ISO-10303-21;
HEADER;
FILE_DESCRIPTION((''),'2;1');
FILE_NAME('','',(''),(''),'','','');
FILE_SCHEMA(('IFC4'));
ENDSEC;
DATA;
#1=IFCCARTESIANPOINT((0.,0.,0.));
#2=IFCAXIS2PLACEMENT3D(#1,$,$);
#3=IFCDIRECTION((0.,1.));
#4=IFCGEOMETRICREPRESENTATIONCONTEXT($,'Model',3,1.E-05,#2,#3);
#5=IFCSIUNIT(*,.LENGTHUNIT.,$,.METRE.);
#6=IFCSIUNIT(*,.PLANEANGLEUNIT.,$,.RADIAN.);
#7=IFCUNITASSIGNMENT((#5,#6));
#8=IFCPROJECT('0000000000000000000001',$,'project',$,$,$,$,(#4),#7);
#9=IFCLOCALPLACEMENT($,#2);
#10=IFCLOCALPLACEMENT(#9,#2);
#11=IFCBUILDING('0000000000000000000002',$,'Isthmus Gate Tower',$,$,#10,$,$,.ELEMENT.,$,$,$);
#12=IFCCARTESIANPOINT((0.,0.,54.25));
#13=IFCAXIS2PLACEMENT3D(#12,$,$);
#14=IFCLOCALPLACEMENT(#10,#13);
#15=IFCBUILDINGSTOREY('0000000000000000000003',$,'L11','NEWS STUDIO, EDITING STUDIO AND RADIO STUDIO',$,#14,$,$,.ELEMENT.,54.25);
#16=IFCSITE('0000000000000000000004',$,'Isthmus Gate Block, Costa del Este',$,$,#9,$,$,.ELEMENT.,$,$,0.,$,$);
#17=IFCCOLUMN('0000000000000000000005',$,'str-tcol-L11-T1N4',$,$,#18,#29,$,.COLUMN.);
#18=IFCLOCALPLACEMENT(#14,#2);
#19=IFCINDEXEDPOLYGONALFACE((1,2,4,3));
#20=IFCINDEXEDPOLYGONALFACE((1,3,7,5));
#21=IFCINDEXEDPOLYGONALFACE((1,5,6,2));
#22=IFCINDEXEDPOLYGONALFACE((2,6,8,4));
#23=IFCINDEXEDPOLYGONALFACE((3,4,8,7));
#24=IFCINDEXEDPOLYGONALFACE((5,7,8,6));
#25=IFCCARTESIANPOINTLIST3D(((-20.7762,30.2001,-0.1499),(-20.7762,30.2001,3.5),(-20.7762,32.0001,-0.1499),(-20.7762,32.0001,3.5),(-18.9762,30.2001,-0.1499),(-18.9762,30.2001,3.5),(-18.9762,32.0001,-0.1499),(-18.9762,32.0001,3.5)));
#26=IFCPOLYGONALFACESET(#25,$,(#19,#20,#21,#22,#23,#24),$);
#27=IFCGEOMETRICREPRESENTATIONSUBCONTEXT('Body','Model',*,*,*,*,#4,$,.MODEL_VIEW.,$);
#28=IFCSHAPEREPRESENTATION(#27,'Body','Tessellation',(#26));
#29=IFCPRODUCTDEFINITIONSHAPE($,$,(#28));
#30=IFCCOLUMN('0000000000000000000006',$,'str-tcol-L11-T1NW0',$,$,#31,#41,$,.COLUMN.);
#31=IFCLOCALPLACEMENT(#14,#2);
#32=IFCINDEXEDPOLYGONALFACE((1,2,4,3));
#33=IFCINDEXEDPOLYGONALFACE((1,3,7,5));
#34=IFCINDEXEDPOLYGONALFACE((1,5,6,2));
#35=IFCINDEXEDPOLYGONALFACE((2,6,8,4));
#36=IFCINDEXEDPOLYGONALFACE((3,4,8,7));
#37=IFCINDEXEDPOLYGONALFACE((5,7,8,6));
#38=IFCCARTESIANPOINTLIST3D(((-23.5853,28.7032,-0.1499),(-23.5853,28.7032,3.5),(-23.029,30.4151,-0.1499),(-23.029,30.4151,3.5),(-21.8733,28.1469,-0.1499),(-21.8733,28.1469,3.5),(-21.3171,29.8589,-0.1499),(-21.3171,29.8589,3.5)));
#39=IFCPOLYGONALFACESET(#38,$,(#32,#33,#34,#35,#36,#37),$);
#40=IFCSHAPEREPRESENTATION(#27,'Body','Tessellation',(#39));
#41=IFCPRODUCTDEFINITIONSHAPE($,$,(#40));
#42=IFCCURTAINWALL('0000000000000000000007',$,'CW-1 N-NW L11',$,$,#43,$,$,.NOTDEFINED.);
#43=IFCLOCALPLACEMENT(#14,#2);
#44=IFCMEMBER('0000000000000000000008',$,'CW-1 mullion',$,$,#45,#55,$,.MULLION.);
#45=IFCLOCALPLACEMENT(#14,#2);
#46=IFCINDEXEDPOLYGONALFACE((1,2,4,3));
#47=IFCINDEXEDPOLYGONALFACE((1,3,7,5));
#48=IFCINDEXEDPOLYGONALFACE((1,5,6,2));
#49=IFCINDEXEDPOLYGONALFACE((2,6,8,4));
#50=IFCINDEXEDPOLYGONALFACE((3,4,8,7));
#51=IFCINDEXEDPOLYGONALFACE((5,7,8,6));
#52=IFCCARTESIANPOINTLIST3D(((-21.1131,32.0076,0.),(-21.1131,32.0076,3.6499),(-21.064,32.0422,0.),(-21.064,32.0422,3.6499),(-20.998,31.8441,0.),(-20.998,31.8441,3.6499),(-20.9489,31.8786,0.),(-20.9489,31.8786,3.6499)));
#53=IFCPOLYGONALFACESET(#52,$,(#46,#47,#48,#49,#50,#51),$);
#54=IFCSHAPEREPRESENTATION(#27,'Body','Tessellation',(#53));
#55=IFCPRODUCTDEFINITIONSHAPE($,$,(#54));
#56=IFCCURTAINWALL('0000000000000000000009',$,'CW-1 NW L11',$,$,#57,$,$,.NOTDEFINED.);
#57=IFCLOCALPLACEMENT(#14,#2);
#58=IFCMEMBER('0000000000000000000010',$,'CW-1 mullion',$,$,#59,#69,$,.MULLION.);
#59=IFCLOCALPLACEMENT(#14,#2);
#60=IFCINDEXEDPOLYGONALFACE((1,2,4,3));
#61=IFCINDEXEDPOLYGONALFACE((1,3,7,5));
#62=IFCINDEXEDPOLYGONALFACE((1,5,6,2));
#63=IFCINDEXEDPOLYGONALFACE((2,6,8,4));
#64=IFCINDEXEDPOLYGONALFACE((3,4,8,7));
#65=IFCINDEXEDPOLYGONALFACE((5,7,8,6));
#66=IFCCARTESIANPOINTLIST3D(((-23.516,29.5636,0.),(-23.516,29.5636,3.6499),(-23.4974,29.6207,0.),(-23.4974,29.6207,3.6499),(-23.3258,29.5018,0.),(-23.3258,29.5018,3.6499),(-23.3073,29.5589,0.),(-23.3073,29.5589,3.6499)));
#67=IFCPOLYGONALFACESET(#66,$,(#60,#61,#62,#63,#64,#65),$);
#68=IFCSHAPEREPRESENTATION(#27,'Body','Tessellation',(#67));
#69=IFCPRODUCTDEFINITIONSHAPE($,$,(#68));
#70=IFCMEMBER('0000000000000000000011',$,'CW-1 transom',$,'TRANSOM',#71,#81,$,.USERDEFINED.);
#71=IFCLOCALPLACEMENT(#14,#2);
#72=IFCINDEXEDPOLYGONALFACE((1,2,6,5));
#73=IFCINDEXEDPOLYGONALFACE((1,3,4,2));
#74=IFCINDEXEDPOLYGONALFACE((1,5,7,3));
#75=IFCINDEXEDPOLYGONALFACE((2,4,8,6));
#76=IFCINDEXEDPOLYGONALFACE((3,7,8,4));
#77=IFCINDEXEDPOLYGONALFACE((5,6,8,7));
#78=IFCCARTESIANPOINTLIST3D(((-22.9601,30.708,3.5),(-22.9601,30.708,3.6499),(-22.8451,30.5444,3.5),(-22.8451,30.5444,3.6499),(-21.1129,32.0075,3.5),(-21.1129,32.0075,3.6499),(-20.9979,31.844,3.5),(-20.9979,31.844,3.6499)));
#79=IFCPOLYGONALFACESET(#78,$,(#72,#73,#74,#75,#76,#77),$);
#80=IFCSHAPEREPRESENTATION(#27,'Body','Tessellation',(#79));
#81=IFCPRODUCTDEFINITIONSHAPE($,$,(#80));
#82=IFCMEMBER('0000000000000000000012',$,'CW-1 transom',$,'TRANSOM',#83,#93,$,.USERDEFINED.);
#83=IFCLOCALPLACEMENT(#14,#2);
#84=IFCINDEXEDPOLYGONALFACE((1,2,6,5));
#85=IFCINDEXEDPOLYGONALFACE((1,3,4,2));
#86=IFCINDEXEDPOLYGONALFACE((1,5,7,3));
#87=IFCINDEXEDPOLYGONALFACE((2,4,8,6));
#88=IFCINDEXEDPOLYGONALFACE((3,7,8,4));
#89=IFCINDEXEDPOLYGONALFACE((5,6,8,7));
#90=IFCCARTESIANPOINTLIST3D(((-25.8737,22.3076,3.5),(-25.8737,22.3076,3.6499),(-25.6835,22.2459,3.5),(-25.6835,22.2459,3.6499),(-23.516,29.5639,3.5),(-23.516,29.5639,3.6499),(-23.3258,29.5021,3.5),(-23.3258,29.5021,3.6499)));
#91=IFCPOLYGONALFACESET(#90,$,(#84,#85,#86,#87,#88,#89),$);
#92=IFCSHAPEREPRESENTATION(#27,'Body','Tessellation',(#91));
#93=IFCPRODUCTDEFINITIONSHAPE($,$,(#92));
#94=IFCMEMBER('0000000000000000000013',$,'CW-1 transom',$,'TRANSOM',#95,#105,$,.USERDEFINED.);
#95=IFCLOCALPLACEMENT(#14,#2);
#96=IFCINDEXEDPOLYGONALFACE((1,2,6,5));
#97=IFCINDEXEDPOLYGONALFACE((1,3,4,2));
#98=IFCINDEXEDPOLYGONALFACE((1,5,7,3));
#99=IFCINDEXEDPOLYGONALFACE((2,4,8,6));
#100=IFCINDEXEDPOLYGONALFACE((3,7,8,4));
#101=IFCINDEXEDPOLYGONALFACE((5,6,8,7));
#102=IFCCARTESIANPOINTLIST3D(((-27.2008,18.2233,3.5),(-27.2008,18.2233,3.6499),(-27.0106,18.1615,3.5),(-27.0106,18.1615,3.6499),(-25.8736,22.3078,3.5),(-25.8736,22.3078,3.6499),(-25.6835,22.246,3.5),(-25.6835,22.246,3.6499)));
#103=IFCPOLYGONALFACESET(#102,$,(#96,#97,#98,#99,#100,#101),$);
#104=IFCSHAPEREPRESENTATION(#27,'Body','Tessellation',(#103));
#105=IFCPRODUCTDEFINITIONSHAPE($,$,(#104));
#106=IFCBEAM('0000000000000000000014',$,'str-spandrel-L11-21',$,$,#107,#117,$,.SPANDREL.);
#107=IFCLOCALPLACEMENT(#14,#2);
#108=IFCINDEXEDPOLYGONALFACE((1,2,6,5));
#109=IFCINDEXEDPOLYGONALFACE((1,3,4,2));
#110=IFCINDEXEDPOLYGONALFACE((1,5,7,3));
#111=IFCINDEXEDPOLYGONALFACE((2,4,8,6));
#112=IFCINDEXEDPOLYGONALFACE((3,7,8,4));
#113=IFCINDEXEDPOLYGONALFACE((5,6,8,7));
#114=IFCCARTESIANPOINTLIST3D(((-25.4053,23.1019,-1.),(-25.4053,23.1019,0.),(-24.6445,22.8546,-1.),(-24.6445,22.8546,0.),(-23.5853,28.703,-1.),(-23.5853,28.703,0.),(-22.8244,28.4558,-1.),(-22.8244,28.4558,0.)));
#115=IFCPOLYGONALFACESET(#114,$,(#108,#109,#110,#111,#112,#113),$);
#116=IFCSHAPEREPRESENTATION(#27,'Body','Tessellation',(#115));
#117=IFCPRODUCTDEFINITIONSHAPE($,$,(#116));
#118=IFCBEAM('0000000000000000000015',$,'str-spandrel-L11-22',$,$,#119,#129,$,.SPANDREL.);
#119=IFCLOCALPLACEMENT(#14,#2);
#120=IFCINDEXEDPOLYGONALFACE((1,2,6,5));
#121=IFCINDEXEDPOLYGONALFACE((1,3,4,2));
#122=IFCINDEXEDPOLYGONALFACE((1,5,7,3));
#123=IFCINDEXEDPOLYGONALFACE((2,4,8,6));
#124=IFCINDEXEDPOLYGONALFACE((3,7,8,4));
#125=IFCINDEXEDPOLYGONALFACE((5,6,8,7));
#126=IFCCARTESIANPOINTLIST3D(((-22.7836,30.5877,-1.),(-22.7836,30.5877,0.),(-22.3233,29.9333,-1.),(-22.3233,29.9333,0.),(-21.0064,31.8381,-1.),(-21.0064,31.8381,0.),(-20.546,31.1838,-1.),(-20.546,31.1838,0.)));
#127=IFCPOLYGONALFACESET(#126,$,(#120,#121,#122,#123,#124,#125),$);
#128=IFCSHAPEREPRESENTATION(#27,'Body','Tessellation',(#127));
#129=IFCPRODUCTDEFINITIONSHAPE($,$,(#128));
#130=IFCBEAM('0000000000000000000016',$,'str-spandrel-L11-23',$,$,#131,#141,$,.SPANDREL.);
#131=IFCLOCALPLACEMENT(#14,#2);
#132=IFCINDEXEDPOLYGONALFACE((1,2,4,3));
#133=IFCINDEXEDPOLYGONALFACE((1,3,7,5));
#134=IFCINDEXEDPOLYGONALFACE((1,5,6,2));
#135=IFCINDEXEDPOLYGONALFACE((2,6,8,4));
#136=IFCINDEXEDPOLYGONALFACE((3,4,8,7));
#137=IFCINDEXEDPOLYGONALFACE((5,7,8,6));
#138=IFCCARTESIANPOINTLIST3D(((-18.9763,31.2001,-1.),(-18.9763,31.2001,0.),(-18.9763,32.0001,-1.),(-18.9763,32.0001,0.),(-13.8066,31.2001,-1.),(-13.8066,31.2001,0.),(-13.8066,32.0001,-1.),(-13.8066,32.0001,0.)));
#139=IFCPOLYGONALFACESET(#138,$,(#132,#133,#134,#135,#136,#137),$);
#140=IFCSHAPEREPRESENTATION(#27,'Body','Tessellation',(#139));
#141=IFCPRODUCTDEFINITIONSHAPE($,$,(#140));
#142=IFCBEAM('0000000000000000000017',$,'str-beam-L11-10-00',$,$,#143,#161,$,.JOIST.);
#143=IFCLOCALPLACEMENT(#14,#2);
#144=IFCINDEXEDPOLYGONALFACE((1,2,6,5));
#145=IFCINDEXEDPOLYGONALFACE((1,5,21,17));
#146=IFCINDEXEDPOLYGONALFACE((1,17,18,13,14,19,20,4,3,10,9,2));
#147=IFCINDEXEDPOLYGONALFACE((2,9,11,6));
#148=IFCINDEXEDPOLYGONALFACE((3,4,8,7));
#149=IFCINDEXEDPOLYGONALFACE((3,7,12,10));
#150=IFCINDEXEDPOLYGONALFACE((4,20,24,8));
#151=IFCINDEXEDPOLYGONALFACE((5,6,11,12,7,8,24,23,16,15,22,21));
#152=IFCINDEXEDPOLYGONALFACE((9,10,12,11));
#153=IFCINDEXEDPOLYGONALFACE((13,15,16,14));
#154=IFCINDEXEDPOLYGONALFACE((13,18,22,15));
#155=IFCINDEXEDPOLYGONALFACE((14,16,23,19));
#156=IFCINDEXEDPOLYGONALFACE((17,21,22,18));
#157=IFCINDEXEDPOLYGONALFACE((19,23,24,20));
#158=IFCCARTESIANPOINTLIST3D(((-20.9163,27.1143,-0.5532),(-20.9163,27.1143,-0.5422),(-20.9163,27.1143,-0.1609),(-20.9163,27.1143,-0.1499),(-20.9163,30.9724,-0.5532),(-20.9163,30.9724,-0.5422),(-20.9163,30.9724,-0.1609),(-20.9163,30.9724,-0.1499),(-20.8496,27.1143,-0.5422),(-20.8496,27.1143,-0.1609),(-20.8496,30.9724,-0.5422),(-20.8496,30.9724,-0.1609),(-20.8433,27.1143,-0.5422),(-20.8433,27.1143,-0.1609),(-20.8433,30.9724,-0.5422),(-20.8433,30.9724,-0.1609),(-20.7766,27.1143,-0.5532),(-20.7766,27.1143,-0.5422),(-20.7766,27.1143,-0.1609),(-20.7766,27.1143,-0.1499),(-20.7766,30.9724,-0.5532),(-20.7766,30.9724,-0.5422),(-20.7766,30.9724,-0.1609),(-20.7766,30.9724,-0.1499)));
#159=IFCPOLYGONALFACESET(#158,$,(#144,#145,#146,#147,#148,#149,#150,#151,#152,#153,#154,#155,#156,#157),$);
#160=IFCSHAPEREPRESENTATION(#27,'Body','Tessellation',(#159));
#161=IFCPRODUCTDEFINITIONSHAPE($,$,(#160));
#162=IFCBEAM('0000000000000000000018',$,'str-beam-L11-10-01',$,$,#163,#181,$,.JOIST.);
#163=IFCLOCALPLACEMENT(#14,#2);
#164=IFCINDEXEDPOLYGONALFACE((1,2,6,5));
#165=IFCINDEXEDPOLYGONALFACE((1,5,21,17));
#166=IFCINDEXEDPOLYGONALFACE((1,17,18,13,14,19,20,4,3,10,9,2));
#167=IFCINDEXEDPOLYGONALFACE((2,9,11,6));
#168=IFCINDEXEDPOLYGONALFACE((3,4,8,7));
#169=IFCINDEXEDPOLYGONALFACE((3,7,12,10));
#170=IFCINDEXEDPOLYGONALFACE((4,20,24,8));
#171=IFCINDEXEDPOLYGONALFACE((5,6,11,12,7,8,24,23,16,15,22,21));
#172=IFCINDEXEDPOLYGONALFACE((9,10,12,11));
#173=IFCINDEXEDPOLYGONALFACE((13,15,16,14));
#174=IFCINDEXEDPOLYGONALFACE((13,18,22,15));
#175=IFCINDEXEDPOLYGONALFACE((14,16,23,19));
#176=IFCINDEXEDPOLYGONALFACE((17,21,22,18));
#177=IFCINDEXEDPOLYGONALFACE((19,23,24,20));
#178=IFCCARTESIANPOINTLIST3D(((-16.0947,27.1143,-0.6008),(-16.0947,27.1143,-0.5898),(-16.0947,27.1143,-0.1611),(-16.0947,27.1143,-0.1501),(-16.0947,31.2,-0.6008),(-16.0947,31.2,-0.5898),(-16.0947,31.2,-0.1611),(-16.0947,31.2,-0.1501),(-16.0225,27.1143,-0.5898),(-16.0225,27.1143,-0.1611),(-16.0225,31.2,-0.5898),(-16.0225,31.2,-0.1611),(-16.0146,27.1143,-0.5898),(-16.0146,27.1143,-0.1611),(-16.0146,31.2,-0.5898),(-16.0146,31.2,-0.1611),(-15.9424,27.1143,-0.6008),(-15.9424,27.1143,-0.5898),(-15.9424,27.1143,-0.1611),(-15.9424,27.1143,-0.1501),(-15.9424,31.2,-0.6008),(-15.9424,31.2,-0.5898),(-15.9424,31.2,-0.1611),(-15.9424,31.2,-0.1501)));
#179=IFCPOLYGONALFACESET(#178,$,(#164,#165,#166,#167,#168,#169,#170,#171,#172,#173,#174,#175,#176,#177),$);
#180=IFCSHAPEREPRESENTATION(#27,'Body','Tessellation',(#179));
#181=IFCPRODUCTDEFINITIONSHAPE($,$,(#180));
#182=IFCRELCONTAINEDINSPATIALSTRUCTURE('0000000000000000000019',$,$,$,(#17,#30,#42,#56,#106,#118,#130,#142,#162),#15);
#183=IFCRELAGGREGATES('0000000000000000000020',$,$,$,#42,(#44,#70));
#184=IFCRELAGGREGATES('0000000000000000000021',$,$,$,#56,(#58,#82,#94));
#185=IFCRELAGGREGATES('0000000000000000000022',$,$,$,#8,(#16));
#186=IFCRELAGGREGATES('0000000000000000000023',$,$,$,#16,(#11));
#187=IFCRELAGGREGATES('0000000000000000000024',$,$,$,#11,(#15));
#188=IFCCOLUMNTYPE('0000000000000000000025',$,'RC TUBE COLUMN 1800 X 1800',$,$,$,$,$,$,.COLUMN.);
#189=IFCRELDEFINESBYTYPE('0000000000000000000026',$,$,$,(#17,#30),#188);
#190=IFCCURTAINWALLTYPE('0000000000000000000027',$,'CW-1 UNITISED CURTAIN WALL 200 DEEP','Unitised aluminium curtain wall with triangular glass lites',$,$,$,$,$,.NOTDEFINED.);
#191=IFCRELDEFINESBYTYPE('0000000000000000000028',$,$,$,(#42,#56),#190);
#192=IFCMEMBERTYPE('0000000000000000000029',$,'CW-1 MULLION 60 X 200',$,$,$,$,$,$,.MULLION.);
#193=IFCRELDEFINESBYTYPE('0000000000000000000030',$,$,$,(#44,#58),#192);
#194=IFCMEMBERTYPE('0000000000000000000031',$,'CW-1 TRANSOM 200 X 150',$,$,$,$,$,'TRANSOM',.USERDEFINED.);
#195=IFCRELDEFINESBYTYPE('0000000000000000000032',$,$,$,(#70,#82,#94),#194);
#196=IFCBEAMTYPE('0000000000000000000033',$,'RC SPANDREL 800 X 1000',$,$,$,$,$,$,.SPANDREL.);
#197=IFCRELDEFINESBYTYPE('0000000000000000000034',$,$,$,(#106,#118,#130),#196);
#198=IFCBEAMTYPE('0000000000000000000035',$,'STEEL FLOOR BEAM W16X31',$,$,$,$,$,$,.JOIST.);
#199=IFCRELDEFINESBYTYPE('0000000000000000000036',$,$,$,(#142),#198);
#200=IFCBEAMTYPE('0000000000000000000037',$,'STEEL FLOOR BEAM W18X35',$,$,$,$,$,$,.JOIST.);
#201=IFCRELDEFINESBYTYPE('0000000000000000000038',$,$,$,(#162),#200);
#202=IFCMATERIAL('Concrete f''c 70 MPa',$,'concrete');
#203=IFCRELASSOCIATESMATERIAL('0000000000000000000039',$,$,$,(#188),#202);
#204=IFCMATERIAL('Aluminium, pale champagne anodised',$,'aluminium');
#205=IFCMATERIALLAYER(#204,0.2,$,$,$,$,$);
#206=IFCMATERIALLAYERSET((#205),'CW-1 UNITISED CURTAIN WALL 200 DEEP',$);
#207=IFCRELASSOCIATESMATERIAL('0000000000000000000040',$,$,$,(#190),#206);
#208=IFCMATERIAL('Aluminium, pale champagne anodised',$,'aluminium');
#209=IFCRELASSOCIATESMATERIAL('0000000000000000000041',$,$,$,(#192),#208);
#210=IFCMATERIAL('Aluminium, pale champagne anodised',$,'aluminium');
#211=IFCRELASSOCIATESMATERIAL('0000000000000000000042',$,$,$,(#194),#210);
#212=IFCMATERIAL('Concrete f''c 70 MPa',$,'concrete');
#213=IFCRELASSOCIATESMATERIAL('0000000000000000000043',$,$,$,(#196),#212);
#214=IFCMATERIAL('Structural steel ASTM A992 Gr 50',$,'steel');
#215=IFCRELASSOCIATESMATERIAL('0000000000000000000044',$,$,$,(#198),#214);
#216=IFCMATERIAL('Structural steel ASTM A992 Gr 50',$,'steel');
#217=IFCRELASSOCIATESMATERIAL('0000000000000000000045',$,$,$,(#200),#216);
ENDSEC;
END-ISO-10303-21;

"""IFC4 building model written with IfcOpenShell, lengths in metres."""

from ifc_helpers import new_model, si_unit, direction, frame, origin, origin_2d, place, context, subcontext, project, spatial, rectangle, i_section, extrude, material, layer, layer_set, material_profile, profile_set, type_object, element, aggregate, save


model = new_model("IFC4")

# Units and contexts
model_context = context("Model", 3, precision=1e-05, world=origin(), true_north=direction((0.0, 1.0)))
body_context = subcontext(model_context, "Body", "Model", "MODEL_VIEW")
ifc_project = project(units=[si_unit("LENGTHUNIT", "METRE"), si_unit("PLANEANGLEUNIT", "RADIAN")], contexts=[model_context])

# Site, building, storey
site_placement = place(None, origin())
site = spatial("IfcSite", under=ifc_project, at=site_placement, Name="Isthmus Gate Block, Costa del Este", CompositionType="ELEMENT", RefElevation=0.0)
building_placement = place(site_placement, origin())
building = spatial("IfcBuilding", under=site, at=building_placement, Name="Isthmus Gate Tower", CompositionType="ELEMENT")
storey_placement = place(building_placement, frame((0.0, 0.0, 54.25)))
storey = spatial("IfcBuildingStorey", under=building, at=storey_placement, Name="L11", Description="NEWS STUDIO, EDITING STUDIO AND RADIO STUDIO", CompositionType="ELEMENT", Elevation=54.25)

# Columns
ifc_material_1 = material(Name="Concrete f'c 70 MPa", Category="concrete")
ifc_material_profile_1 = material_profile(ifc_material_1, rectangle(XDim=1.8, YDim=1.8, at=origin_2d()), Name="RC 1800X1800")
ifc_profile_set_1 = profile_set([ifc_material_profile_1], Name="Concrete f'c 70 MPa")
column_type = type_object("IfcColumnType", Name="RC TUBE COLUMN 1800 X 1800", PredefinedType="COLUMN", material=ifc_profile_set_1)
for number, where, z_axis, x_axis, name in (
    (1, (-19.8762, 31.1001, -0.1499), (0.0, 0.0, 1.0), (-1.0, 0.0, 0.0), "str-tcol-L11-T1N4"),
    (2, (-22.4512, 29.281, -0.1499), (0.0, 0.0, 1.0), (-0.309017, -0.951057, 0.0), "str-tcol-L11-T1NW0"),
):
    element("IfcColumn", number, at=place(storey_placement, frame(where, z_axis=z_axis, x_axis=x_axis)), inside=storey, type_object=column_type, Name=name, PredefinedType="COLUMN", context=body_context, shape_type="SweptSolid", body=[
        extrude(rectangle(XDim=1.8, YDim=1.8, at=origin_2d()), origin(), (0.0, 0.0, 1.0), 3.6499),
    ])

# Curtain walls, members
ifc_material_2 = material(Name="Aluminium, pale champagne anodised", Category="aluminium")
ifc_layer_1 = layer(ifc_material_2, 0.2)
ifc_layer_set_1 = layer_set([ifc_layer_1], Name="CW-1 UNITISED CURTAIN WALL 200 DEEP")
curtain_wall_type = type_object("IfcCurtainWallType", Name="CW-1 UNITISED CURTAIN WALL 200 DEEP", Description="Unitised aluminium curtain wall with triangular glass lites", PredefinedType="NOTDEFINED", material=ifc_layer_set_1)
curtain_wall_1_placement = place(storey_placement, origin())
curtain_wall_1 = element("IfcCurtainWall", 3, at=curtain_wall_1_placement, inside=storey, type_object=curtain_wall_type, Name="CW-1 N-NW L11", PredefinedType="NOTDEFINED")
ifc_material_3 = material(Name="Aluminium, pale champagne anodised", Category="aluminium")
ifc_material_profile_2 = material_profile(ifc_material_3, rectangle(XDim=0.0601, YDim=0.2, at=origin_2d()), Name="60x200")
ifc_profile_set_2 = profile_set([ifc_material_profile_2], Name="Aluminium, pale champagne anodised")
member_type_1 = type_object("IfcMemberType", Name="CW-1 MULLION 60 X 200", PredefinedType="MULLION", material=ifc_profile_set_2)
member_1_placement = place(storey_placement, frame((-21.031, 31.9431, 0.0), z_axis=(0.0, 0.0, 1.0), x_axis=(-0.81786, -0.575418, 0.0)))
member_1 = element("IfcMember", 4, at=member_1_placement, type_object=member_type_1, Name="CW-1 mullion", PredefinedType="MULLION", context=body_context, shape_type="SweptSolid", body=[
    extrude(rectangle(XDim=0.0601, YDim=0.2, at=origin_2d()), origin(), (0.0, 0.0, 1.0), 3.6499),
])
curtain_wall_2_placement = place(storey_placement, origin())
curtain_wall_2 = element("IfcCurtainWall", 5, at=curtain_wall_2_placement, inside=storey, type_object=curtain_wall_type, Name="CW-1 NW L11", PredefinedType="NOTDEFINED")
member_2_placement = place(storey_placement, frame((-23.4116, 29.5613, 0.0), z_axis=(0.0, 0.0, 1.0), x_axis=(-0.309017, -0.951057, 0.0)))
member_2 = element("IfcMember", 6, at=member_2_placement, type_object=member_type_1, Name="CW-1 mullion", PredefinedType="MULLION", context=body_context, shape_type="SweptSolid", body=[
    extrude(rectangle(XDim=0.0601, YDim=0.2, at=origin_2d()), origin(), (0.0, 0.0, 1.0), 3.6499),
])

# Members
ifc_material_4 = material(Name="Aluminium, pale champagne anodised", Category="aluminium")
ifc_material_profile_3 = material_profile(ifc_material_4, rectangle(XDim=0.2, YDim=0.1499, at=origin_2d()), Name="200x150")
ifc_profile_set_3 = profile_set([ifc_material_profile_3], Name="Aluminium, pale champagne anodised")
member_type_2 = type_object("IfcMemberType", Name="CW-1 TRANSOM 200 X 150", ElementType="TRANSOM", PredefinedType="USERDEFINED", material=ifc_profile_set_3)
member_3_placement = place(storey_placement, frame((-21.0554, 31.9258, 3.575), z_axis=(-0.817869, -0.575405, 0.0), x_axis=(0.575405, -0.817869, 0.0)))
member_3 = element("IfcMember", 7, at=member_3_placement, type_object=member_type_2, Name="CW-1 transom", ObjectType="TRANSOM", PredefinedType="USERDEFINED", context=body_context, shape_type="SweptSolid", body=[
    extrude(rectangle(XDim=0.2, YDim=0.1499, at=origin_2d()), origin(), (0.0, 0.0, 1.0), 2.2585),
])
member_4_placement = place(storey_placement, frame((-23.4209, 29.533, 3.575), z_axis=(-0.309019, -0.951056, 0.0), x_axis=(0.951056, -0.309019, 0.0)))
member_4 = element("IfcMember", 8, at=member_4_placement, type_object=member_type_2, Name="CW-1 transom", ObjectType="TRANSOM", PredefinedType="USERDEFINED", context=body_context, shape_type="SweptSolid", body=[
    extrude(rectangle(XDim=0.2, YDim=0.1499, at=origin_2d()), origin(), (0.0, 0.0, 1.0), 7.6296),
])
member_5_placement = place(storey_placement, frame((-25.7786, 22.2769, 3.575), z_axis=(-0.309022, -0.951055, 0.0), x_axis=(0.951055, -0.309022, 0.0)))
member_5 = element("IfcMember", 9, at=member_5_placement, type_object=member_type_2, Name="CW-1 transom", ObjectType="TRANSOM", PredefinedType="USERDEFINED", context=body_context, shape_type="SweptSolid", body=[
    extrude(rectangle(XDim=0.2, YDim=0.1499, at=origin_2d()), origin(), (0.0, 0.0, 1.0), 4.2947),
])

# Beams
ifc_material_5 = material(Name="Concrete f'c 70 MPa", Category="concrete")
ifc_material_profile_4 = material_profile(ifc_material_5, rectangle(XDim=0.8, YDim=1.0, at=origin_2d()), Name="RC 800X1000")
ifc_profile_set_4 = profile_set([ifc_material_profile_4], Name="Concrete f'c 70 MPa")
beam_type_1 = type_object("IfcBeamType", Name="RC SPANDREL 800 X 1000", PredefinedType="SPANDREL", material=ifc_profile_set_4)
beam_1_placement = place(storey_placement, frame((-25.0249, 22.9783, -0.5), z_axis=(0.309043, 0.951048, 0.0), x_axis=(-0.951048, 0.309043, 0.0)))
element("IfcBeam", 10, at=beam_1_placement, inside=storey, type_object=beam_type_1, Name="str-spandrel-L11-21", PredefinedType="SPANDREL", context=body_context, shape_type="SweptSolid", body=[
    extrude(rectangle(XDim=0.8, YDim=1.0, at=origin_2d()), origin(), (0.0, 0.0, 1.0), 5.8894),
])
beam_2_placement = place(storey_placement, frame((-22.5535, 30.2605, -0.5), z_axis=(0.817857, 0.575421, 0.0), x_axis=(-0.575421, 0.817857, 0.0)))
element("IfcBeam", 11, at=beam_2_placement, inside=storey, type_object=beam_type_1, Name="str-spandrel-L11-22", PredefinedType="SPANDREL", context=body_context, shape_type="SweptSolid", body=[
    extrude(rectangle(XDim=0.8, YDim=1.0, at=origin_2d()), origin(), (0.0, 0.0, 1.0), 2.1731),
])
beam_3_placement = place(storey_placement, frame((-18.9763, 31.6001, -0.5), z_axis=(1.0, 0.0, 0.0), x_axis=(0.0, 1.0, 0.0)))
element("IfcBeam", 12, at=beam_3_placement, inside=storey, type_object=beam_type_1, Name="str-spandrel-L11-23", PredefinedType="SPANDREL", context=body_context, shape_type="SweptSolid", body=[
    extrude(rectangle(XDim=0.8, YDim=1.0, at=origin_2d()), origin(), (0.0, 0.0, 1.0), 5.1697),
])
ifc_material_6 = material(Name="Structural steel ASTM A992 Gr 50", Category="steel")
ifc_material_profile_5 = material_profile(ifc_material_6, i_section(OverallWidth=0.1396, OverallDepth=0.4033, WebThickness=0.0063, FlangeThickness=0.011, at=origin_2d()), Name="W16X31")
ifc_profile_set_5 = profile_set([ifc_material_profile_5], Name="Structural steel ASTM A992 Gr 50")
beam_type_2 = type_object("IfcBeamType", Name="STEEL FLOOR BEAM W16X31", PredefinedType="JOIST", material=ifc_profile_set_5)
beam_4_placement = place(storey_placement, frame((-20.8464, 27.1143, -0.3516), z_axis=(0.0, 1.0, 0.0), x_axis=(-1.0, 0.0, 0.0)))
element("IfcBeam", 13, at=beam_4_placement, inside=storey, type_object=beam_type_2, Name="str-beam-L11-10-00", PredefinedType="JOIST", context=body_context, shape_type="SweptSolid", body=[
    extrude(i_section(OverallWidth=0.1396, OverallDepth=0.4033, WebThickness=0.0063, FlangeThickness=0.011, at=origin_2d()), origin(), (0.0, 0.0, 1.0), 3.8582),
])
ifc_material_7 = material(Name="Structural steel ASTM A992 Gr 50", Category="steel")
ifc_material_profile_6 = material_profile(ifc_material_7, i_section(OverallWidth=0.1523, OverallDepth=0.4507, WebThickness=0.0078, FlangeThickness=0.011, at=origin_2d()), Name="W18X35")
ifc_profile_set_6 = profile_set([ifc_material_profile_6], Name="Structural steel ASTM A992 Gr 50")
beam_type_3 = type_object("IfcBeamType", Name="STEEL FLOOR BEAM W18X35", PredefinedType="JOIST", material=ifc_profile_set_6)
beam_5_placement = place(storey_placement, frame((-16.0186, 27.1143, -0.3755), z_axis=(0.0, 1.0, 0.0), x_axis=(-1.0, 0.0, 0.0)))
element("IfcBeam", 14, at=beam_5_placement, inside=storey, type_object=beam_type_3, Name="str-beam-L11-10-01", PredefinedType="JOIST", context=body_context, shape_type="SweptSolid", body=[
    extrude(i_section(OverallWidth=0.1523, OverallDepth=0.4507, WebThickness=0.0078, FlangeThickness=0.011, at=origin_2d()), origin(), (0.0, 0.0, 1.0), 4.0857),
])

aggregate(curtain_wall_1, [member_1, member_3])
aggregate(curtain_wall_2, [member_2, member_4, member_5])

save(model, "model.ifc")
